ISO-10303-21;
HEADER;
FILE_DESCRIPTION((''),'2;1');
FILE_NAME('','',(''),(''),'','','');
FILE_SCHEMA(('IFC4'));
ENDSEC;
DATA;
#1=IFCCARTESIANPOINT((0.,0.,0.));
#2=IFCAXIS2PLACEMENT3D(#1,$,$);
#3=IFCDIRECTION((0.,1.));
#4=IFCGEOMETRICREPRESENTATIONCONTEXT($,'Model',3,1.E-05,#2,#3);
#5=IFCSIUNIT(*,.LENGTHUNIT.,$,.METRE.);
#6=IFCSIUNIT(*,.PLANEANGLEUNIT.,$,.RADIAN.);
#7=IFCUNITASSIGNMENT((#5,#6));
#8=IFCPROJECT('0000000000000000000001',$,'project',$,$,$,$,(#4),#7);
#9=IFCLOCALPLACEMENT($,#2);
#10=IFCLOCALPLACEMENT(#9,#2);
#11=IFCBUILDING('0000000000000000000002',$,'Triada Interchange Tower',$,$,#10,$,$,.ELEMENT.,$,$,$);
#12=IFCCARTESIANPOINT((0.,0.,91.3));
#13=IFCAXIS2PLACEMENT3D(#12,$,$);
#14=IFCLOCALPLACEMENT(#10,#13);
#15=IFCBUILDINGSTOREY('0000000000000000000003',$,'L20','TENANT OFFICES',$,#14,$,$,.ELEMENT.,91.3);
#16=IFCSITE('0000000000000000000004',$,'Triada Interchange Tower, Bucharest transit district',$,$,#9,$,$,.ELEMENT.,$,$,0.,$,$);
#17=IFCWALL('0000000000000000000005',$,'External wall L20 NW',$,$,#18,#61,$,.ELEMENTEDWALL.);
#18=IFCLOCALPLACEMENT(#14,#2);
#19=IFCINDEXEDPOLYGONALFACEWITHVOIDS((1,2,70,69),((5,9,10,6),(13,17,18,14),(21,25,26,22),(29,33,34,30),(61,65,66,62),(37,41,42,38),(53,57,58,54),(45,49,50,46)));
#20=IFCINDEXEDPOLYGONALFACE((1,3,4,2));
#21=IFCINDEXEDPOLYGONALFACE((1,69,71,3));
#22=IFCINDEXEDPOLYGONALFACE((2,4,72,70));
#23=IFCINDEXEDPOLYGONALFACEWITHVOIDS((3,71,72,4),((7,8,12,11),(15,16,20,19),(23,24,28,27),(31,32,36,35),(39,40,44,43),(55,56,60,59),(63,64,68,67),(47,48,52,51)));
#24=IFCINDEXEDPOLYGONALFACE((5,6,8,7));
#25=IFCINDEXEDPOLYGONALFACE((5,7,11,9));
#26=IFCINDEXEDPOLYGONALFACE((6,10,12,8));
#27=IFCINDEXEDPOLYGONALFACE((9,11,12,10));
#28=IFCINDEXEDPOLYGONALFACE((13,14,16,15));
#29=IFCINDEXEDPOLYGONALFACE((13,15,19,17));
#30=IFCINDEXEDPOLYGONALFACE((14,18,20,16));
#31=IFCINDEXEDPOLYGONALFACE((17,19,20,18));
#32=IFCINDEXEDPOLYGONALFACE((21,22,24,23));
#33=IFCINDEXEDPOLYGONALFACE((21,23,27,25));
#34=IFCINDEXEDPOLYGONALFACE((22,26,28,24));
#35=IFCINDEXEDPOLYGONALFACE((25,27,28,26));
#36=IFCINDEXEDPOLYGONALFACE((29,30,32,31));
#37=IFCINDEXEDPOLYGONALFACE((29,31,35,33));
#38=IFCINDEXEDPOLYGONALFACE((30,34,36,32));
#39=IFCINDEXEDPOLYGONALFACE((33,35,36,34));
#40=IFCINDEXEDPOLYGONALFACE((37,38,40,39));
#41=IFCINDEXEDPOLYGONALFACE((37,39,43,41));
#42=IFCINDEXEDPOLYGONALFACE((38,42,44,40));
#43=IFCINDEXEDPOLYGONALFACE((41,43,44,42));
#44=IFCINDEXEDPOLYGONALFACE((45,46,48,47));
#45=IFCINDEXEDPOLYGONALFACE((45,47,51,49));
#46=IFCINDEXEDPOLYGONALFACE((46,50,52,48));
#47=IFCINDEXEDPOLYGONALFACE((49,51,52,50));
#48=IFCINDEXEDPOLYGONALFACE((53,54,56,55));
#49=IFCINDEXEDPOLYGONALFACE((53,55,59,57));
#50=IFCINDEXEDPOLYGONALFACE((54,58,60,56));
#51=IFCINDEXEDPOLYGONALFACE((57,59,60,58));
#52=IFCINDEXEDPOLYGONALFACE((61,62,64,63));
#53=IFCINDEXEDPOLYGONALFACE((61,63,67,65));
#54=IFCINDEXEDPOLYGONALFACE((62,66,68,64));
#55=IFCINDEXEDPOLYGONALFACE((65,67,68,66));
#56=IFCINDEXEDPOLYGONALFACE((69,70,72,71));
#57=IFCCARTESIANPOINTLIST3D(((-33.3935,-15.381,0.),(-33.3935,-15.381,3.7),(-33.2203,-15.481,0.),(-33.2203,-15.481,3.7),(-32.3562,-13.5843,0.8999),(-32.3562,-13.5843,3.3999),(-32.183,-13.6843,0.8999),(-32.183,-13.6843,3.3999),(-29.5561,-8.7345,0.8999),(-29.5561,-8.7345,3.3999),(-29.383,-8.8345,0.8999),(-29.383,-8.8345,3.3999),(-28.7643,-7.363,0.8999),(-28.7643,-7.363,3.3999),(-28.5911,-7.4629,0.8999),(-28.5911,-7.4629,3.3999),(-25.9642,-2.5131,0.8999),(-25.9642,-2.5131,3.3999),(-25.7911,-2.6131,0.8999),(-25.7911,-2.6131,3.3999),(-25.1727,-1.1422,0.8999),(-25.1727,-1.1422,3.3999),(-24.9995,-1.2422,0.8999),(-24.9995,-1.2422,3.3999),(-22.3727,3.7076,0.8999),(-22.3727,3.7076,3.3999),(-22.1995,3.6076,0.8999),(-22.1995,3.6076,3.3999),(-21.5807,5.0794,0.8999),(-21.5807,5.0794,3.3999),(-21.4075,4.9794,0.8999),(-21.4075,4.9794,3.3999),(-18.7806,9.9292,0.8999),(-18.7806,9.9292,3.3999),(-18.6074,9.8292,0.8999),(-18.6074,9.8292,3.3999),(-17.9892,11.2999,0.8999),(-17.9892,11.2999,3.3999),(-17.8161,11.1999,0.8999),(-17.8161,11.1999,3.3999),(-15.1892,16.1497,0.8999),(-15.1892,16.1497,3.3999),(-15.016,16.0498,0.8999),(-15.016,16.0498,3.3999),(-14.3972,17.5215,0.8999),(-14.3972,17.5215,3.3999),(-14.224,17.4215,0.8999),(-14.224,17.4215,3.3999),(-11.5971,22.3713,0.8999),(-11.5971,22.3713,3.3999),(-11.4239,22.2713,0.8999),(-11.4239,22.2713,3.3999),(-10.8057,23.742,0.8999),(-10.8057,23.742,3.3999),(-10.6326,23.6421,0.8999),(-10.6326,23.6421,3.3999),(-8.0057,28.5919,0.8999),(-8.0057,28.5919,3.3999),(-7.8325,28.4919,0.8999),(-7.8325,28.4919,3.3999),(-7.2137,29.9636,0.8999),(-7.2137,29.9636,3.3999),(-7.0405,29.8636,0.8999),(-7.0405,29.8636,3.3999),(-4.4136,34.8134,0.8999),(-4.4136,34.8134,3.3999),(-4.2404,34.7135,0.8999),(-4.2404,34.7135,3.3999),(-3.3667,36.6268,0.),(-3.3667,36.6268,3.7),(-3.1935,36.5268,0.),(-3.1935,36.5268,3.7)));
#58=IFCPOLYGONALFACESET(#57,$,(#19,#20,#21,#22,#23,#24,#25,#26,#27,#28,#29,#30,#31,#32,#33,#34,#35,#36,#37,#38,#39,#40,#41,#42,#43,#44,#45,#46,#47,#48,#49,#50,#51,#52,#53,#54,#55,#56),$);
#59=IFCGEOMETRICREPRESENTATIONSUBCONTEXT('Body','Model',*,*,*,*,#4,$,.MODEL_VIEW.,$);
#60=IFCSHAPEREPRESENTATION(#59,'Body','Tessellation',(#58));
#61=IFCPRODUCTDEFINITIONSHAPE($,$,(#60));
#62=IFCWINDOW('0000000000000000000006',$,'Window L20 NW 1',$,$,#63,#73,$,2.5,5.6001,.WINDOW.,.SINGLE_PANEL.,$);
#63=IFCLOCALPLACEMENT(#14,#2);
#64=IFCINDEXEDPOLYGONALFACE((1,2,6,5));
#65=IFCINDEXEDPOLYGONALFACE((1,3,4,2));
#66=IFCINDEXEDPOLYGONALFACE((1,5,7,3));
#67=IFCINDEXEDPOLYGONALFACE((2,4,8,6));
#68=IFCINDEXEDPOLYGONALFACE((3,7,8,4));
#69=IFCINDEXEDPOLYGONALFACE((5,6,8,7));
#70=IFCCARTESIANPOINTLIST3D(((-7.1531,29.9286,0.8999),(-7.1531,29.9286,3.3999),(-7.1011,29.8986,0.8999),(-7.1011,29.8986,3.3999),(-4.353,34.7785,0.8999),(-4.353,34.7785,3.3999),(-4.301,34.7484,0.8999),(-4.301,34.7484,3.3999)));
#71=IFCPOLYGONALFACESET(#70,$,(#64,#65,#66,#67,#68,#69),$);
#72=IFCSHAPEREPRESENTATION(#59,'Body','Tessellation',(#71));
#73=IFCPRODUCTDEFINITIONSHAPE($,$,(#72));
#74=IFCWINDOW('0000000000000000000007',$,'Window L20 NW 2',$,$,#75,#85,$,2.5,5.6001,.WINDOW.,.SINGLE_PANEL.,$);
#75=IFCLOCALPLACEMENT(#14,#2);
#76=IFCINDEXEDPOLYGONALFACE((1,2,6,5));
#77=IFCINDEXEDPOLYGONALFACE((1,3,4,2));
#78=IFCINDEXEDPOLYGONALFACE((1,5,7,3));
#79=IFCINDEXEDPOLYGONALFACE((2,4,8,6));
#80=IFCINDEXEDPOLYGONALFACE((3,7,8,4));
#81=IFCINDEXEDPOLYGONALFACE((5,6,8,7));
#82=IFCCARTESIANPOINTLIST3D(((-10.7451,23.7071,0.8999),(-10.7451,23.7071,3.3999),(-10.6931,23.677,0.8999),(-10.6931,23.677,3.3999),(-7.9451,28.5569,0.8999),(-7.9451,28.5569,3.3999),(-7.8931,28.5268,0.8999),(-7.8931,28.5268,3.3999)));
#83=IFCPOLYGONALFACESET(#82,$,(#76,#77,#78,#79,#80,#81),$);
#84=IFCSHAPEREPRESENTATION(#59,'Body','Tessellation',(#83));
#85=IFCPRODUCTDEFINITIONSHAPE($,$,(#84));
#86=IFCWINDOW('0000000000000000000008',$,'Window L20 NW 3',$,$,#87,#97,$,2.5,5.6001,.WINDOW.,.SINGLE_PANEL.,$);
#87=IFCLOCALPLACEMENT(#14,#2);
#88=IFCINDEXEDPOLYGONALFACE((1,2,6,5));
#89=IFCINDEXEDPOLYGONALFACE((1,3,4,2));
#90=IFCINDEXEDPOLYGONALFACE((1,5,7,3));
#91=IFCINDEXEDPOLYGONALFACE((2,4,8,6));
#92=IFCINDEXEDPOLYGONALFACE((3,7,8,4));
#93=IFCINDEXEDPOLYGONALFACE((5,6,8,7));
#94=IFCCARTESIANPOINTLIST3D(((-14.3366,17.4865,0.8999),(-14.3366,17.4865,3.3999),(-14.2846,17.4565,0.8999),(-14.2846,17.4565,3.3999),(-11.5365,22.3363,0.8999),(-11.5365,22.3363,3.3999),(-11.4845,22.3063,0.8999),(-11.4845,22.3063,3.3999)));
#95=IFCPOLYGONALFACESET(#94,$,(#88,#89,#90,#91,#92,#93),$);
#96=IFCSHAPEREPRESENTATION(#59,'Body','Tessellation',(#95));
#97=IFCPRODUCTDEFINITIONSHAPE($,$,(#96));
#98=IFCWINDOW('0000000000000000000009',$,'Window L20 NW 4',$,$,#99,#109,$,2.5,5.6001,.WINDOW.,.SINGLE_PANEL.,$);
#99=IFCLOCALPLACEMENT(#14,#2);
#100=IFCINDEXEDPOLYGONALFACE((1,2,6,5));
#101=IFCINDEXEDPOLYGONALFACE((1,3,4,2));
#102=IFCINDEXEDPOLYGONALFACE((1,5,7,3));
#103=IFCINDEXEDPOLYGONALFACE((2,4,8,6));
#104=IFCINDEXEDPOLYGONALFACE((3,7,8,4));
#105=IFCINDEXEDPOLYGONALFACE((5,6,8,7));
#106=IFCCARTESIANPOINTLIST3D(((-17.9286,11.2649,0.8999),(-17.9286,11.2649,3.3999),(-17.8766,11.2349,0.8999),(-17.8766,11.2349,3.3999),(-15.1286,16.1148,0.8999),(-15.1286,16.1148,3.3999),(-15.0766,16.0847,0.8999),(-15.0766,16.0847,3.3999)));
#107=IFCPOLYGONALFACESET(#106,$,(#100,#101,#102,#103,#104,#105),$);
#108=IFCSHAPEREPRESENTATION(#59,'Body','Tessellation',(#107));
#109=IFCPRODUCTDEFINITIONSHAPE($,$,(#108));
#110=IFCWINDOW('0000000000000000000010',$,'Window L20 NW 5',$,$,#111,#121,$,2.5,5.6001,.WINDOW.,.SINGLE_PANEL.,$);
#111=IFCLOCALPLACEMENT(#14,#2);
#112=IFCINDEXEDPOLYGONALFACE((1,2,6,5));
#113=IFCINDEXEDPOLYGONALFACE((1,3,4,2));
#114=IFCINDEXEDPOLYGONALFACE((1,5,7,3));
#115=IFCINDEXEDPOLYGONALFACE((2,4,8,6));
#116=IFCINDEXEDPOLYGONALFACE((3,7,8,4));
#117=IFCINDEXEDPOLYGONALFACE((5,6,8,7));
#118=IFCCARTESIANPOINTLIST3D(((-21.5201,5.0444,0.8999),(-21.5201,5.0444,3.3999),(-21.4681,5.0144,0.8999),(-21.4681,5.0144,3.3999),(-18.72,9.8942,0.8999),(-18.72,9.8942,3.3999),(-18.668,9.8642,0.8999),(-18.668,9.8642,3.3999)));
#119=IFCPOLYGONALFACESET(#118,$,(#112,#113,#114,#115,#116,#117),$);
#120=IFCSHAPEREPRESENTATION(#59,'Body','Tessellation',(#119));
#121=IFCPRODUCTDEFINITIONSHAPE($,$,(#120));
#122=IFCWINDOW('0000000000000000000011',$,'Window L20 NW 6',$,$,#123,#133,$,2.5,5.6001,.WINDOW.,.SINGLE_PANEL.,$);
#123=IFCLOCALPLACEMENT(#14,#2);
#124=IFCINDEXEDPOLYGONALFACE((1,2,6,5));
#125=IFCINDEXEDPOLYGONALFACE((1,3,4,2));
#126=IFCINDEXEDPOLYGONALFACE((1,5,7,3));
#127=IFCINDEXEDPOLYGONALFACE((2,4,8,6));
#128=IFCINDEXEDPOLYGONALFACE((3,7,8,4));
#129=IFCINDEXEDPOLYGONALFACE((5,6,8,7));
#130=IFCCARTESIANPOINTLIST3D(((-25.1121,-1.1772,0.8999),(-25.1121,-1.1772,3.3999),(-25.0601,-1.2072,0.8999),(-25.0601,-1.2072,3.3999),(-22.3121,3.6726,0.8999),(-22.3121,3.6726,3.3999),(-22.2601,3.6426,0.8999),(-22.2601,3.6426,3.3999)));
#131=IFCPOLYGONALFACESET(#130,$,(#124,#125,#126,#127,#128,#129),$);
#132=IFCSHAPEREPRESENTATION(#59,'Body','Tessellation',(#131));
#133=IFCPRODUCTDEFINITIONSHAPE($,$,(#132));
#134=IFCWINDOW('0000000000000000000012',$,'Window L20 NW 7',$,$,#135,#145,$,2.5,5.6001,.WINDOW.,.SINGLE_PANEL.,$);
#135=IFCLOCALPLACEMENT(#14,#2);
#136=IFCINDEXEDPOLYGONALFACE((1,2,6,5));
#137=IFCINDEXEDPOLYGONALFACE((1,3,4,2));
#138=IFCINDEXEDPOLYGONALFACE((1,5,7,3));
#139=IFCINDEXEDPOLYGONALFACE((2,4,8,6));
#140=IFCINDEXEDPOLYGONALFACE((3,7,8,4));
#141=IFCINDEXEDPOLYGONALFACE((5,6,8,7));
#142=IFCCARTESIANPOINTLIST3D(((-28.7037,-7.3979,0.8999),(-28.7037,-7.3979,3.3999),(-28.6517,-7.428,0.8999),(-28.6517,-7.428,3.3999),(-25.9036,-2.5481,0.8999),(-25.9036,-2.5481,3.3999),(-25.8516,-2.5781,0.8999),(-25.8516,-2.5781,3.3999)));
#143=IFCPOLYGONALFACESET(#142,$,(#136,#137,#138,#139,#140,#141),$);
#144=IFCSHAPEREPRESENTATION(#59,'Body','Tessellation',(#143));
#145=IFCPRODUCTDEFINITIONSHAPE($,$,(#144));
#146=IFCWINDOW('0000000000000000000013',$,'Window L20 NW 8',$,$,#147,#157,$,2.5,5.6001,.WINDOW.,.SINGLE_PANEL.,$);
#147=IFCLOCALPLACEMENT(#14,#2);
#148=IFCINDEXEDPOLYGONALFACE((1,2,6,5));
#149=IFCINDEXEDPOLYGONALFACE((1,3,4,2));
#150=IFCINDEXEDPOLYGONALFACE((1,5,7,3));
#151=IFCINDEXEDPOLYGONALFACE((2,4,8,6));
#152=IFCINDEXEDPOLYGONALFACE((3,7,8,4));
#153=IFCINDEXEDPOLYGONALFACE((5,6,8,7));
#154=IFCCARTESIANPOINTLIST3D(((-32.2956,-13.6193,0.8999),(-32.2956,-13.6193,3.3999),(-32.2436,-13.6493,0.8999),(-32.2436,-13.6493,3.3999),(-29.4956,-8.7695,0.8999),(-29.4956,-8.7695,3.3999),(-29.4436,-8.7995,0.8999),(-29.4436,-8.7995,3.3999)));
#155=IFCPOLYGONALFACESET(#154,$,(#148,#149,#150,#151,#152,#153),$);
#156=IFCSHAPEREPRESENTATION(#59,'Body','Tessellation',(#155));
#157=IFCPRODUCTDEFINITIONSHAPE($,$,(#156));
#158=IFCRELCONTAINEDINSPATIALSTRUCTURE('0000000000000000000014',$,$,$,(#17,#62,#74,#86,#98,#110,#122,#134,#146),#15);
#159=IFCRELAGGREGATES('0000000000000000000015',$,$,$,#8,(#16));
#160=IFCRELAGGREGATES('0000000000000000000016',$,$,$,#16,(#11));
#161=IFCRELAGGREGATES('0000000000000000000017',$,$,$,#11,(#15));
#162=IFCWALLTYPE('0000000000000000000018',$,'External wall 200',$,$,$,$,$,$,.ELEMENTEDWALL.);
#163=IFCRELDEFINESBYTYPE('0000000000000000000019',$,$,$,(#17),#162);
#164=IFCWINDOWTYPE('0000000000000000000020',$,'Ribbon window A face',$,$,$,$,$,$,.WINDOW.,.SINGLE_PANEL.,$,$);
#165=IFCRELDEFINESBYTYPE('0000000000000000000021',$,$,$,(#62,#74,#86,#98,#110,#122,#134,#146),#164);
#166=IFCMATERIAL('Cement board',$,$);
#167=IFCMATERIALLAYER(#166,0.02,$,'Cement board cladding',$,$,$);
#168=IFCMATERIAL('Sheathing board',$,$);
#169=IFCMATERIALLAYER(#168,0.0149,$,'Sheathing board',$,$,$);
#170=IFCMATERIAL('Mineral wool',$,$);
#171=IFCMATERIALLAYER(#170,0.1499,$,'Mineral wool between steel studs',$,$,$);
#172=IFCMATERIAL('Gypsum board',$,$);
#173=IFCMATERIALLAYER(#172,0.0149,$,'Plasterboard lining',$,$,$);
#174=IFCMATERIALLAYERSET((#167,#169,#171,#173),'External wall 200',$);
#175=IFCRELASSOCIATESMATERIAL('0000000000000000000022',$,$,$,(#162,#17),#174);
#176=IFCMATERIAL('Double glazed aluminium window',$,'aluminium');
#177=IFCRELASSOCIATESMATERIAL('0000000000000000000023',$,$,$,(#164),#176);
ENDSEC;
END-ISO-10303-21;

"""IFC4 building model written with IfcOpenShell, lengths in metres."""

from ifc_helpers import new_model, si_unit, direction, frame, frame_2d, origin, place, context, subcontext, project, spatial, rectangle, extrude, material, layer, layer_set, layer_usage, type_object, element, fill, save


model = new_model("IFC4")

# Units and contexts
model_context = context("Model", 3, precision=1e-05, world=origin(), true_north=direction((0.0, 1.0)))
body_context = subcontext(model_context, "Body", "Model", "MODEL_VIEW")
ifc_project = project(units=[si_unit("LENGTHUNIT", "METRE"), si_unit("PLANEANGLEUNIT", "RADIAN")], contexts=[model_context])

# Site, building, storey
site_placement = place(None, origin())
site = spatial("IfcSite", under=ifc_project, at=site_placement, Name="Triada Interchange Tower, Bucharest transit district", CompositionType="ELEMENT", RefElevation=0.0)
building_placement = place(site_placement, origin())
building = spatial("IfcBuilding", under=site, at=building_placement, Name="Triada Interchange Tower", CompositionType="ELEMENT")
storey_placement = place(building_placement, frame((0.0, 0.0, 91.3)))
storey = spatial("IfcBuildingStorey", under=building, at=storey_placement, Name="L20", Description="TENANT OFFICES", CompositionType="ELEMENT", Elevation=91.3)

# Wall, openings, windows
ifc_material_1 = material(Name="Cement board")
ifc_layer_1 = layer(ifc_material_1, 0.02, Name="Cement board cladding")
ifc_material_2 = material(Name="Sheathing board")
ifc_layer_2 = layer(ifc_material_2, 0.0149, Name="Sheathing board")
ifc_material_3 = material(Name="Mineral wool")
ifc_layer_3 = layer(ifc_material_3, 0.1499, Name="Mineral wool between steel studs")
ifc_material_4 = material(Name="Gypsum board")
ifc_layer_4 = layer(ifc_material_4, 0.0149, Name="Plasterboard lining")
ifc_layer_set_1 = layer_set([ifc_layer_1, ifc_layer_2, ifc_layer_3, ifc_layer_4], Name="External wall 200")
ifc_layer_usage = layer_usage(ifc_layer_set_1, "AXIS2", "POSITIVE", -0.1001)
wall_type_1 = type_object("IfcWallType", Name="External wall 200", PredefinedType="ELEMENTEDWALL", material=ifc_layer_set_1)
wall_1_placement = place(storey_placement, frame((-3.28, 36.5769, 0.0), z_axis=(0.0, 0.0, 1.0), x_axis=(-0.500002, -0.866024, 0.0)))
wall_1 = element("IfcWall", 1, at=wall_1_placement, inside=storey, type_object=wall_type_1, material=ifc_layer_usage, Name="External wall L20 NW", PredefinedType="ELEMENTEDWALL", context=body_context, shape_type="SweptSolid", body=[
    extrude(rectangle(XDim=60.0535, YDim=0.2, at=frame_2d((30.0269, 0.0))), origin(), (0.0, 0.0, 1.0), 3.7),
])
opening_1_placement = place(wall_1_placement, frame((2.094, 0.0, 0.8999)))
opening_1 = element("IfcOpeningElement", 2, at=opening_1_placement, cuts=wall_1, PredefinedType="OPENING", context=body_context, shape_type="SweptSolid", body=[
    extrude(rectangle(XDim=5.6001, YDim=2.5, at=frame_2d((2.8, 1.25))), frame((0.0, 0.1099, 0.0), z_axis=(0.0, -1.0, 0.0), x_axis=(1.0, 0.0, 0.0)), (0.0, 0.0, 1.0), 0.22),
])
opening_2_placement = place(wall_1_placement, frame((9.2781, 0.0, 0.8999)))
opening_2 = element("IfcOpeningElement", 3, at=opening_2_placement, cuts=wall_1, PredefinedType="OPENING", context=body_context, shape_type="SweptSolid", body=[
    extrude(rectangle(XDim=5.6001, YDim=2.5, at=frame_2d((2.8, 1.25))), frame((0.0, 0.1099, 0.0), z_axis=(0.0, -1.0, 0.0), x_axis=(1.0, 0.0, 0.0)), (0.0, 0.0, 1.0), 0.22),
])
opening_3_placement = place(wall_1_placement, frame((16.4609, 0.0, 0.8999)))
opening_3 = element("IfcOpeningElement", 4, at=opening_3_placement, cuts=wall_1, PredefinedType="OPENING", context=body_context, shape_type="SweptSolid", body=[
    extrude(rectangle(XDim=5.6001, YDim=2.5, at=frame_2d((2.8, 1.25))), frame((0.0, 0.1099, 0.0), z_axis=(0.0, -1.0, 0.0), x_axis=(1.0, 0.0, 0.0)), (0.0, 0.0, 1.0), 0.22),
])
opening_4_placement = place(wall_1_placement, frame((23.645, 0.0, 0.8999)))
opening_4 = element("IfcOpeningElement", 5, at=opening_4_placement, cuts=wall_1, PredefinedType="OPENING", context=body_context, shape_type="SweptSolid", body=[
    extrude(rectangle(XDim=5.6001, YDim=2.5, at=frame_2d((2.8, 1.25))), frame((0.0, 0.1099, 0.0), z_axis=(0.0, -1.0, 0.0), x_axis=(1.0, 0.0, 0.0)), (0.0, 0.0, 1.0), 0.22),
])
opening_5_placement = place(wall_1_placement, frame((30.8279, 0.0, 0.8999)))
opening_5 = element("IfcOpeningElement", 6, at=opening_5_placement, cuts=wall_1, PredefinedType="OPENING", context=body_context, shape_type="SweptSolid", body=[
    extrude(rectangle(XDim=5.6001, YDim=2.5, at=frame_2d((2.8, 1.25))), frame((0.0, 0.1099, 0.0), z_axis=(0.0, -1.0, 0.0), x_axis=(1.0, 0.0, 0.0)), (0.0, 0.0, 1.0), 0.22),
])
opening_6_placement = place(wall_1_placement, frame((38.012, 0.0, 0.8999)))
opening_6 = element("IfcOpeningElement", 7, at=opening_6_placement, cuts=wall_1, PredefinedType="OPENING", context=body_context, shape_type="SweptSolid", body=[
    extrude(rectangle(XDim=5.6001, YDim=2.5, at=frame_2d((2.8, 1.25))), frame((0.0, 0.1099, 0.0), z_axis=(0.0, -1.0, 0.0), x_axis=(1.0, 0.0, 0.0)), (0.0, 0.0, 1.0), 0.22),
])
opening_7_placement = place(wall_1_placement, frame((45.1951, 0.0, 0.8999)))
opening_7 = element("IfcOpeningElement", 8, at=opening_7_placement, cuts=wall_1, PredefinedType="OPENING", context=body_context, shape_type="SweptSolid", body=[
    extrude(rectangle(XDim=5.6001, YDim=2.5, at=frame_2d((2.8, 1.25))), frame((0.0, 0.1099, 0.0), z_axis=(0.0, -1.0, 0.0), x_axis=(1.0, 0.0, 0.0)), (0.0, 0.0, 1.0), 0.22),
])
opening_8_placement = place(wall_1_placement, frame((52.3789, 0.0, 0.8999)))
opening_8 = element("IfcOpeningElement", 9, at=opening_8_placement, cuts=wall_1, PredefinedType="OPENING", context=body_context, shape_type="SweptSolid", body=[
    extrude(rectangle(XDim=5.6001, YDim=2.5, at=frame_2d((2.8, 1.25))), frame((0.0, 0.1099, 0.0), z_axis=(0.0, -1.0, 0.0), x_axis=(1.0, 0.0, 0.0)), (0.0, 0.0, 1.0), 0.22),
])
ifc_material_5 = material(Name="Double glazed aluminium window", Category="aluminium")
window_type = type_object("IfcWindowType", Name="Ribbon window A face", PartitioningType="SINGLE_PANEL", PredefinedType="WINDOW", material=ifc_material_5)
window_1_placement = place(opening_1_placement, origin())
window_1 = element("IfcWindow", 10, at=window_1_placement, inside=storey, type_object=window_type, Name="Window L20 NW 1", OverallHeight=2.5, OverallWidth=5.6001, PartitioningType="SINGLE_PANEL", PredefinedType="WINDOW", context=body_context, shape_type="SweptSolid", body=[
    extrude(rectangle(XDim=5.6001, YDim=2.5, at=frame_2d((2.8, 1.25))), frame((0.0, 0.03, 0.0), z_axis=(0.0, -1.0, 0.0), x_axis=(1.0, 0.0, 0.0)), (0.0, 0.0, 1.0), 0.0601),
])
fill(opening_1, window_1)
window_2_placement = place(opening_2_placement, origin())
window_2 = element("IfcWindow", 11, at=window_2_placement, inside=storey, type_object=window_type, Name="Window L20 NW 2", OverallHeight=2.5, OverallWidth=5.6001, PartitioningType="SINGLE_PANEL", PredefinedType="WINDOW", context=body_context, shape_type="SweptSolid", body=[
    extrude(rectangle(XDim=5.6001, YDim=2.5, at=frame_2d((2.8, 1.25))), frame((0.0, 0.03, 0.0), z_axis=(0.0, -1.0, 0.0), x_axis=(1.0, 0.0, 0.0)), (0.0, 0.0, 1.0), 0.0601),
])
fill(opening_2, window_2)
window_3_placement = place(opening_3_placement, origin())
window_3 = element("IfcWindow", 12, at=window_3_placement, inside=storey, type_object=window_type, Name="Window L20 NW 3", OverallHeight=2.5, OverallWidth=5.6001, PartitioningType="SINGLE_PANEL", PredefinedType="WINDOW", context=body_context, shape_type="SweptSolid", body=[
    extrude(rectangle(XDim=5.6001, YDim=2.5, at=frame_2d((2.8, 1.25))), frame((0.0, 0.03, 0.0), z_axis=(0.0, -1.0, 0.0), x_axis=(1.0, 0.0, 0.0)), (0.0, 0.0, 1.0), 0.0601),
])
fill(opening_3, window_3)
window_4_placement = place(opening_4_placement, origin())
window_4 = element("IfcWindow", 13, at=window_4_placement, inside=storey, type_object=window_type, Name="Window L20 NW 4", OverallHeight=2.5, OverallWidth=5.6001, PartitioningType="SINGLE_PANEL", PredefinedType="WINDOW", context=body_context, shape_type="SweptSolid", body=[
    extrude(rectangle(XDim=5.6001, YDim=2.5, at=frame_2d((2.8, 1.25))), frame((0.0, 0.03, 0.0), z_axis=(0.0, -1.0, 0.0), x_axis=(1.0, 0.0, 0.0)), (0.0, 0.0, 1.0), 0.0601),
])
fill(opening_4, window_4)
window_5_placement = place(opening_5_placement, origin())
window_5 = element("IfcWindow", 14, at=window_5_placement, inside=storey, type_object=window_type, Name="Window L20 NW 5", OverallHeight=2.5, OverallWidth=5.6001, PartitioningType="SINGLE_PANEL", PredefinedType="WINDOW", context=body_context, shape_type="SweptSolid", body=[
    extrude(rectangle(XDim=5.6001, YDim=2.5, at=frame_2d((2.8, 1.25))), frame((0.0, 0.03, 0.0), z_axis=(0.0, -1.0, 0.0), x_axis=(1.0, 0.0, 0.0)), (0.0, 0.0, 1.0), 0.0601),
])
fill(opening_5, window_5)
window_6_placement = place(opening_6_placement, origin())
window_6 = element("IfcWindow", 15, at=window_6_placement, inside=storey, type_object=window_type, Name="Window L20 NW 6", OverallHeight=2.5, OverallWidth=5.6001, PartitioningType="SINGLE_PANEL", PredefinedType="WINDOW", context=body_context, shape_type="SweptSolid", body=[
    extrude(rectangle(XDim=5.6001, YDim=2.5, at=frame_2d((2.8, 1.25))), frame((0.0, 0.03, 0.0), z_axis=(0.0, -1.0, 0.0), x_axis=(1.0, 0.0, 0.0)), (0.0, 0.0, 1.0), 0.0601),
])
fill(opening_6, window_6)
window_7_placement = place(opening_7_placement, origin())
window_7 = element("IfcWindow", 16, at=window_7_placement, inside=storey, type_object=window_type, Name="Window L20 NW 7", OverallHeight=2.5, OverallWidth=5.6001, PartitioningType="SINGLE_PANEL", PredefinedType="WINDOW", context=body_context, shape_type="SweptSolid", body=[
    extrude(rectangle(XDim=5.6001, YDim=2.5, at=frame_2d((2.8, 1.25))), frame((0.0, 0.03, 0.0), z_axis=(0.0, -1.0, 0.0), x_axis=(1.0, 0.0, 0.0)), (0.0, 0.0, 1.0), 0.0601),
])
fill(opening_7, window_7)
window_8_placement = place(opening_8_placement, origin())
window_8 = element("IfcWindow", 17, at=window_8_placement, inside=storey, type_object=window_type, Name="Window L20 NW 8", OverallHeight=2.5, OverallWidth=5.6001, PartitioningType="SINGLE_PANEL", PredefinedType="WINDOW", context=body_context, shape_type="SweptSolid", body=[
    extrude(rectangle(XDim=5.6001, YDim=2.5, at=frame_2d((2.8, 1.25))), frame((0.0, 0.03, 0.0), z_axis=(0.0, -1.0, 0.0), x_axis=(1.0, 0.0, 0.0)), (0.0, 0.0, 1.0), 0.0601),
])
fill(opening_8, window_8)

save(model, "model.ifc")
